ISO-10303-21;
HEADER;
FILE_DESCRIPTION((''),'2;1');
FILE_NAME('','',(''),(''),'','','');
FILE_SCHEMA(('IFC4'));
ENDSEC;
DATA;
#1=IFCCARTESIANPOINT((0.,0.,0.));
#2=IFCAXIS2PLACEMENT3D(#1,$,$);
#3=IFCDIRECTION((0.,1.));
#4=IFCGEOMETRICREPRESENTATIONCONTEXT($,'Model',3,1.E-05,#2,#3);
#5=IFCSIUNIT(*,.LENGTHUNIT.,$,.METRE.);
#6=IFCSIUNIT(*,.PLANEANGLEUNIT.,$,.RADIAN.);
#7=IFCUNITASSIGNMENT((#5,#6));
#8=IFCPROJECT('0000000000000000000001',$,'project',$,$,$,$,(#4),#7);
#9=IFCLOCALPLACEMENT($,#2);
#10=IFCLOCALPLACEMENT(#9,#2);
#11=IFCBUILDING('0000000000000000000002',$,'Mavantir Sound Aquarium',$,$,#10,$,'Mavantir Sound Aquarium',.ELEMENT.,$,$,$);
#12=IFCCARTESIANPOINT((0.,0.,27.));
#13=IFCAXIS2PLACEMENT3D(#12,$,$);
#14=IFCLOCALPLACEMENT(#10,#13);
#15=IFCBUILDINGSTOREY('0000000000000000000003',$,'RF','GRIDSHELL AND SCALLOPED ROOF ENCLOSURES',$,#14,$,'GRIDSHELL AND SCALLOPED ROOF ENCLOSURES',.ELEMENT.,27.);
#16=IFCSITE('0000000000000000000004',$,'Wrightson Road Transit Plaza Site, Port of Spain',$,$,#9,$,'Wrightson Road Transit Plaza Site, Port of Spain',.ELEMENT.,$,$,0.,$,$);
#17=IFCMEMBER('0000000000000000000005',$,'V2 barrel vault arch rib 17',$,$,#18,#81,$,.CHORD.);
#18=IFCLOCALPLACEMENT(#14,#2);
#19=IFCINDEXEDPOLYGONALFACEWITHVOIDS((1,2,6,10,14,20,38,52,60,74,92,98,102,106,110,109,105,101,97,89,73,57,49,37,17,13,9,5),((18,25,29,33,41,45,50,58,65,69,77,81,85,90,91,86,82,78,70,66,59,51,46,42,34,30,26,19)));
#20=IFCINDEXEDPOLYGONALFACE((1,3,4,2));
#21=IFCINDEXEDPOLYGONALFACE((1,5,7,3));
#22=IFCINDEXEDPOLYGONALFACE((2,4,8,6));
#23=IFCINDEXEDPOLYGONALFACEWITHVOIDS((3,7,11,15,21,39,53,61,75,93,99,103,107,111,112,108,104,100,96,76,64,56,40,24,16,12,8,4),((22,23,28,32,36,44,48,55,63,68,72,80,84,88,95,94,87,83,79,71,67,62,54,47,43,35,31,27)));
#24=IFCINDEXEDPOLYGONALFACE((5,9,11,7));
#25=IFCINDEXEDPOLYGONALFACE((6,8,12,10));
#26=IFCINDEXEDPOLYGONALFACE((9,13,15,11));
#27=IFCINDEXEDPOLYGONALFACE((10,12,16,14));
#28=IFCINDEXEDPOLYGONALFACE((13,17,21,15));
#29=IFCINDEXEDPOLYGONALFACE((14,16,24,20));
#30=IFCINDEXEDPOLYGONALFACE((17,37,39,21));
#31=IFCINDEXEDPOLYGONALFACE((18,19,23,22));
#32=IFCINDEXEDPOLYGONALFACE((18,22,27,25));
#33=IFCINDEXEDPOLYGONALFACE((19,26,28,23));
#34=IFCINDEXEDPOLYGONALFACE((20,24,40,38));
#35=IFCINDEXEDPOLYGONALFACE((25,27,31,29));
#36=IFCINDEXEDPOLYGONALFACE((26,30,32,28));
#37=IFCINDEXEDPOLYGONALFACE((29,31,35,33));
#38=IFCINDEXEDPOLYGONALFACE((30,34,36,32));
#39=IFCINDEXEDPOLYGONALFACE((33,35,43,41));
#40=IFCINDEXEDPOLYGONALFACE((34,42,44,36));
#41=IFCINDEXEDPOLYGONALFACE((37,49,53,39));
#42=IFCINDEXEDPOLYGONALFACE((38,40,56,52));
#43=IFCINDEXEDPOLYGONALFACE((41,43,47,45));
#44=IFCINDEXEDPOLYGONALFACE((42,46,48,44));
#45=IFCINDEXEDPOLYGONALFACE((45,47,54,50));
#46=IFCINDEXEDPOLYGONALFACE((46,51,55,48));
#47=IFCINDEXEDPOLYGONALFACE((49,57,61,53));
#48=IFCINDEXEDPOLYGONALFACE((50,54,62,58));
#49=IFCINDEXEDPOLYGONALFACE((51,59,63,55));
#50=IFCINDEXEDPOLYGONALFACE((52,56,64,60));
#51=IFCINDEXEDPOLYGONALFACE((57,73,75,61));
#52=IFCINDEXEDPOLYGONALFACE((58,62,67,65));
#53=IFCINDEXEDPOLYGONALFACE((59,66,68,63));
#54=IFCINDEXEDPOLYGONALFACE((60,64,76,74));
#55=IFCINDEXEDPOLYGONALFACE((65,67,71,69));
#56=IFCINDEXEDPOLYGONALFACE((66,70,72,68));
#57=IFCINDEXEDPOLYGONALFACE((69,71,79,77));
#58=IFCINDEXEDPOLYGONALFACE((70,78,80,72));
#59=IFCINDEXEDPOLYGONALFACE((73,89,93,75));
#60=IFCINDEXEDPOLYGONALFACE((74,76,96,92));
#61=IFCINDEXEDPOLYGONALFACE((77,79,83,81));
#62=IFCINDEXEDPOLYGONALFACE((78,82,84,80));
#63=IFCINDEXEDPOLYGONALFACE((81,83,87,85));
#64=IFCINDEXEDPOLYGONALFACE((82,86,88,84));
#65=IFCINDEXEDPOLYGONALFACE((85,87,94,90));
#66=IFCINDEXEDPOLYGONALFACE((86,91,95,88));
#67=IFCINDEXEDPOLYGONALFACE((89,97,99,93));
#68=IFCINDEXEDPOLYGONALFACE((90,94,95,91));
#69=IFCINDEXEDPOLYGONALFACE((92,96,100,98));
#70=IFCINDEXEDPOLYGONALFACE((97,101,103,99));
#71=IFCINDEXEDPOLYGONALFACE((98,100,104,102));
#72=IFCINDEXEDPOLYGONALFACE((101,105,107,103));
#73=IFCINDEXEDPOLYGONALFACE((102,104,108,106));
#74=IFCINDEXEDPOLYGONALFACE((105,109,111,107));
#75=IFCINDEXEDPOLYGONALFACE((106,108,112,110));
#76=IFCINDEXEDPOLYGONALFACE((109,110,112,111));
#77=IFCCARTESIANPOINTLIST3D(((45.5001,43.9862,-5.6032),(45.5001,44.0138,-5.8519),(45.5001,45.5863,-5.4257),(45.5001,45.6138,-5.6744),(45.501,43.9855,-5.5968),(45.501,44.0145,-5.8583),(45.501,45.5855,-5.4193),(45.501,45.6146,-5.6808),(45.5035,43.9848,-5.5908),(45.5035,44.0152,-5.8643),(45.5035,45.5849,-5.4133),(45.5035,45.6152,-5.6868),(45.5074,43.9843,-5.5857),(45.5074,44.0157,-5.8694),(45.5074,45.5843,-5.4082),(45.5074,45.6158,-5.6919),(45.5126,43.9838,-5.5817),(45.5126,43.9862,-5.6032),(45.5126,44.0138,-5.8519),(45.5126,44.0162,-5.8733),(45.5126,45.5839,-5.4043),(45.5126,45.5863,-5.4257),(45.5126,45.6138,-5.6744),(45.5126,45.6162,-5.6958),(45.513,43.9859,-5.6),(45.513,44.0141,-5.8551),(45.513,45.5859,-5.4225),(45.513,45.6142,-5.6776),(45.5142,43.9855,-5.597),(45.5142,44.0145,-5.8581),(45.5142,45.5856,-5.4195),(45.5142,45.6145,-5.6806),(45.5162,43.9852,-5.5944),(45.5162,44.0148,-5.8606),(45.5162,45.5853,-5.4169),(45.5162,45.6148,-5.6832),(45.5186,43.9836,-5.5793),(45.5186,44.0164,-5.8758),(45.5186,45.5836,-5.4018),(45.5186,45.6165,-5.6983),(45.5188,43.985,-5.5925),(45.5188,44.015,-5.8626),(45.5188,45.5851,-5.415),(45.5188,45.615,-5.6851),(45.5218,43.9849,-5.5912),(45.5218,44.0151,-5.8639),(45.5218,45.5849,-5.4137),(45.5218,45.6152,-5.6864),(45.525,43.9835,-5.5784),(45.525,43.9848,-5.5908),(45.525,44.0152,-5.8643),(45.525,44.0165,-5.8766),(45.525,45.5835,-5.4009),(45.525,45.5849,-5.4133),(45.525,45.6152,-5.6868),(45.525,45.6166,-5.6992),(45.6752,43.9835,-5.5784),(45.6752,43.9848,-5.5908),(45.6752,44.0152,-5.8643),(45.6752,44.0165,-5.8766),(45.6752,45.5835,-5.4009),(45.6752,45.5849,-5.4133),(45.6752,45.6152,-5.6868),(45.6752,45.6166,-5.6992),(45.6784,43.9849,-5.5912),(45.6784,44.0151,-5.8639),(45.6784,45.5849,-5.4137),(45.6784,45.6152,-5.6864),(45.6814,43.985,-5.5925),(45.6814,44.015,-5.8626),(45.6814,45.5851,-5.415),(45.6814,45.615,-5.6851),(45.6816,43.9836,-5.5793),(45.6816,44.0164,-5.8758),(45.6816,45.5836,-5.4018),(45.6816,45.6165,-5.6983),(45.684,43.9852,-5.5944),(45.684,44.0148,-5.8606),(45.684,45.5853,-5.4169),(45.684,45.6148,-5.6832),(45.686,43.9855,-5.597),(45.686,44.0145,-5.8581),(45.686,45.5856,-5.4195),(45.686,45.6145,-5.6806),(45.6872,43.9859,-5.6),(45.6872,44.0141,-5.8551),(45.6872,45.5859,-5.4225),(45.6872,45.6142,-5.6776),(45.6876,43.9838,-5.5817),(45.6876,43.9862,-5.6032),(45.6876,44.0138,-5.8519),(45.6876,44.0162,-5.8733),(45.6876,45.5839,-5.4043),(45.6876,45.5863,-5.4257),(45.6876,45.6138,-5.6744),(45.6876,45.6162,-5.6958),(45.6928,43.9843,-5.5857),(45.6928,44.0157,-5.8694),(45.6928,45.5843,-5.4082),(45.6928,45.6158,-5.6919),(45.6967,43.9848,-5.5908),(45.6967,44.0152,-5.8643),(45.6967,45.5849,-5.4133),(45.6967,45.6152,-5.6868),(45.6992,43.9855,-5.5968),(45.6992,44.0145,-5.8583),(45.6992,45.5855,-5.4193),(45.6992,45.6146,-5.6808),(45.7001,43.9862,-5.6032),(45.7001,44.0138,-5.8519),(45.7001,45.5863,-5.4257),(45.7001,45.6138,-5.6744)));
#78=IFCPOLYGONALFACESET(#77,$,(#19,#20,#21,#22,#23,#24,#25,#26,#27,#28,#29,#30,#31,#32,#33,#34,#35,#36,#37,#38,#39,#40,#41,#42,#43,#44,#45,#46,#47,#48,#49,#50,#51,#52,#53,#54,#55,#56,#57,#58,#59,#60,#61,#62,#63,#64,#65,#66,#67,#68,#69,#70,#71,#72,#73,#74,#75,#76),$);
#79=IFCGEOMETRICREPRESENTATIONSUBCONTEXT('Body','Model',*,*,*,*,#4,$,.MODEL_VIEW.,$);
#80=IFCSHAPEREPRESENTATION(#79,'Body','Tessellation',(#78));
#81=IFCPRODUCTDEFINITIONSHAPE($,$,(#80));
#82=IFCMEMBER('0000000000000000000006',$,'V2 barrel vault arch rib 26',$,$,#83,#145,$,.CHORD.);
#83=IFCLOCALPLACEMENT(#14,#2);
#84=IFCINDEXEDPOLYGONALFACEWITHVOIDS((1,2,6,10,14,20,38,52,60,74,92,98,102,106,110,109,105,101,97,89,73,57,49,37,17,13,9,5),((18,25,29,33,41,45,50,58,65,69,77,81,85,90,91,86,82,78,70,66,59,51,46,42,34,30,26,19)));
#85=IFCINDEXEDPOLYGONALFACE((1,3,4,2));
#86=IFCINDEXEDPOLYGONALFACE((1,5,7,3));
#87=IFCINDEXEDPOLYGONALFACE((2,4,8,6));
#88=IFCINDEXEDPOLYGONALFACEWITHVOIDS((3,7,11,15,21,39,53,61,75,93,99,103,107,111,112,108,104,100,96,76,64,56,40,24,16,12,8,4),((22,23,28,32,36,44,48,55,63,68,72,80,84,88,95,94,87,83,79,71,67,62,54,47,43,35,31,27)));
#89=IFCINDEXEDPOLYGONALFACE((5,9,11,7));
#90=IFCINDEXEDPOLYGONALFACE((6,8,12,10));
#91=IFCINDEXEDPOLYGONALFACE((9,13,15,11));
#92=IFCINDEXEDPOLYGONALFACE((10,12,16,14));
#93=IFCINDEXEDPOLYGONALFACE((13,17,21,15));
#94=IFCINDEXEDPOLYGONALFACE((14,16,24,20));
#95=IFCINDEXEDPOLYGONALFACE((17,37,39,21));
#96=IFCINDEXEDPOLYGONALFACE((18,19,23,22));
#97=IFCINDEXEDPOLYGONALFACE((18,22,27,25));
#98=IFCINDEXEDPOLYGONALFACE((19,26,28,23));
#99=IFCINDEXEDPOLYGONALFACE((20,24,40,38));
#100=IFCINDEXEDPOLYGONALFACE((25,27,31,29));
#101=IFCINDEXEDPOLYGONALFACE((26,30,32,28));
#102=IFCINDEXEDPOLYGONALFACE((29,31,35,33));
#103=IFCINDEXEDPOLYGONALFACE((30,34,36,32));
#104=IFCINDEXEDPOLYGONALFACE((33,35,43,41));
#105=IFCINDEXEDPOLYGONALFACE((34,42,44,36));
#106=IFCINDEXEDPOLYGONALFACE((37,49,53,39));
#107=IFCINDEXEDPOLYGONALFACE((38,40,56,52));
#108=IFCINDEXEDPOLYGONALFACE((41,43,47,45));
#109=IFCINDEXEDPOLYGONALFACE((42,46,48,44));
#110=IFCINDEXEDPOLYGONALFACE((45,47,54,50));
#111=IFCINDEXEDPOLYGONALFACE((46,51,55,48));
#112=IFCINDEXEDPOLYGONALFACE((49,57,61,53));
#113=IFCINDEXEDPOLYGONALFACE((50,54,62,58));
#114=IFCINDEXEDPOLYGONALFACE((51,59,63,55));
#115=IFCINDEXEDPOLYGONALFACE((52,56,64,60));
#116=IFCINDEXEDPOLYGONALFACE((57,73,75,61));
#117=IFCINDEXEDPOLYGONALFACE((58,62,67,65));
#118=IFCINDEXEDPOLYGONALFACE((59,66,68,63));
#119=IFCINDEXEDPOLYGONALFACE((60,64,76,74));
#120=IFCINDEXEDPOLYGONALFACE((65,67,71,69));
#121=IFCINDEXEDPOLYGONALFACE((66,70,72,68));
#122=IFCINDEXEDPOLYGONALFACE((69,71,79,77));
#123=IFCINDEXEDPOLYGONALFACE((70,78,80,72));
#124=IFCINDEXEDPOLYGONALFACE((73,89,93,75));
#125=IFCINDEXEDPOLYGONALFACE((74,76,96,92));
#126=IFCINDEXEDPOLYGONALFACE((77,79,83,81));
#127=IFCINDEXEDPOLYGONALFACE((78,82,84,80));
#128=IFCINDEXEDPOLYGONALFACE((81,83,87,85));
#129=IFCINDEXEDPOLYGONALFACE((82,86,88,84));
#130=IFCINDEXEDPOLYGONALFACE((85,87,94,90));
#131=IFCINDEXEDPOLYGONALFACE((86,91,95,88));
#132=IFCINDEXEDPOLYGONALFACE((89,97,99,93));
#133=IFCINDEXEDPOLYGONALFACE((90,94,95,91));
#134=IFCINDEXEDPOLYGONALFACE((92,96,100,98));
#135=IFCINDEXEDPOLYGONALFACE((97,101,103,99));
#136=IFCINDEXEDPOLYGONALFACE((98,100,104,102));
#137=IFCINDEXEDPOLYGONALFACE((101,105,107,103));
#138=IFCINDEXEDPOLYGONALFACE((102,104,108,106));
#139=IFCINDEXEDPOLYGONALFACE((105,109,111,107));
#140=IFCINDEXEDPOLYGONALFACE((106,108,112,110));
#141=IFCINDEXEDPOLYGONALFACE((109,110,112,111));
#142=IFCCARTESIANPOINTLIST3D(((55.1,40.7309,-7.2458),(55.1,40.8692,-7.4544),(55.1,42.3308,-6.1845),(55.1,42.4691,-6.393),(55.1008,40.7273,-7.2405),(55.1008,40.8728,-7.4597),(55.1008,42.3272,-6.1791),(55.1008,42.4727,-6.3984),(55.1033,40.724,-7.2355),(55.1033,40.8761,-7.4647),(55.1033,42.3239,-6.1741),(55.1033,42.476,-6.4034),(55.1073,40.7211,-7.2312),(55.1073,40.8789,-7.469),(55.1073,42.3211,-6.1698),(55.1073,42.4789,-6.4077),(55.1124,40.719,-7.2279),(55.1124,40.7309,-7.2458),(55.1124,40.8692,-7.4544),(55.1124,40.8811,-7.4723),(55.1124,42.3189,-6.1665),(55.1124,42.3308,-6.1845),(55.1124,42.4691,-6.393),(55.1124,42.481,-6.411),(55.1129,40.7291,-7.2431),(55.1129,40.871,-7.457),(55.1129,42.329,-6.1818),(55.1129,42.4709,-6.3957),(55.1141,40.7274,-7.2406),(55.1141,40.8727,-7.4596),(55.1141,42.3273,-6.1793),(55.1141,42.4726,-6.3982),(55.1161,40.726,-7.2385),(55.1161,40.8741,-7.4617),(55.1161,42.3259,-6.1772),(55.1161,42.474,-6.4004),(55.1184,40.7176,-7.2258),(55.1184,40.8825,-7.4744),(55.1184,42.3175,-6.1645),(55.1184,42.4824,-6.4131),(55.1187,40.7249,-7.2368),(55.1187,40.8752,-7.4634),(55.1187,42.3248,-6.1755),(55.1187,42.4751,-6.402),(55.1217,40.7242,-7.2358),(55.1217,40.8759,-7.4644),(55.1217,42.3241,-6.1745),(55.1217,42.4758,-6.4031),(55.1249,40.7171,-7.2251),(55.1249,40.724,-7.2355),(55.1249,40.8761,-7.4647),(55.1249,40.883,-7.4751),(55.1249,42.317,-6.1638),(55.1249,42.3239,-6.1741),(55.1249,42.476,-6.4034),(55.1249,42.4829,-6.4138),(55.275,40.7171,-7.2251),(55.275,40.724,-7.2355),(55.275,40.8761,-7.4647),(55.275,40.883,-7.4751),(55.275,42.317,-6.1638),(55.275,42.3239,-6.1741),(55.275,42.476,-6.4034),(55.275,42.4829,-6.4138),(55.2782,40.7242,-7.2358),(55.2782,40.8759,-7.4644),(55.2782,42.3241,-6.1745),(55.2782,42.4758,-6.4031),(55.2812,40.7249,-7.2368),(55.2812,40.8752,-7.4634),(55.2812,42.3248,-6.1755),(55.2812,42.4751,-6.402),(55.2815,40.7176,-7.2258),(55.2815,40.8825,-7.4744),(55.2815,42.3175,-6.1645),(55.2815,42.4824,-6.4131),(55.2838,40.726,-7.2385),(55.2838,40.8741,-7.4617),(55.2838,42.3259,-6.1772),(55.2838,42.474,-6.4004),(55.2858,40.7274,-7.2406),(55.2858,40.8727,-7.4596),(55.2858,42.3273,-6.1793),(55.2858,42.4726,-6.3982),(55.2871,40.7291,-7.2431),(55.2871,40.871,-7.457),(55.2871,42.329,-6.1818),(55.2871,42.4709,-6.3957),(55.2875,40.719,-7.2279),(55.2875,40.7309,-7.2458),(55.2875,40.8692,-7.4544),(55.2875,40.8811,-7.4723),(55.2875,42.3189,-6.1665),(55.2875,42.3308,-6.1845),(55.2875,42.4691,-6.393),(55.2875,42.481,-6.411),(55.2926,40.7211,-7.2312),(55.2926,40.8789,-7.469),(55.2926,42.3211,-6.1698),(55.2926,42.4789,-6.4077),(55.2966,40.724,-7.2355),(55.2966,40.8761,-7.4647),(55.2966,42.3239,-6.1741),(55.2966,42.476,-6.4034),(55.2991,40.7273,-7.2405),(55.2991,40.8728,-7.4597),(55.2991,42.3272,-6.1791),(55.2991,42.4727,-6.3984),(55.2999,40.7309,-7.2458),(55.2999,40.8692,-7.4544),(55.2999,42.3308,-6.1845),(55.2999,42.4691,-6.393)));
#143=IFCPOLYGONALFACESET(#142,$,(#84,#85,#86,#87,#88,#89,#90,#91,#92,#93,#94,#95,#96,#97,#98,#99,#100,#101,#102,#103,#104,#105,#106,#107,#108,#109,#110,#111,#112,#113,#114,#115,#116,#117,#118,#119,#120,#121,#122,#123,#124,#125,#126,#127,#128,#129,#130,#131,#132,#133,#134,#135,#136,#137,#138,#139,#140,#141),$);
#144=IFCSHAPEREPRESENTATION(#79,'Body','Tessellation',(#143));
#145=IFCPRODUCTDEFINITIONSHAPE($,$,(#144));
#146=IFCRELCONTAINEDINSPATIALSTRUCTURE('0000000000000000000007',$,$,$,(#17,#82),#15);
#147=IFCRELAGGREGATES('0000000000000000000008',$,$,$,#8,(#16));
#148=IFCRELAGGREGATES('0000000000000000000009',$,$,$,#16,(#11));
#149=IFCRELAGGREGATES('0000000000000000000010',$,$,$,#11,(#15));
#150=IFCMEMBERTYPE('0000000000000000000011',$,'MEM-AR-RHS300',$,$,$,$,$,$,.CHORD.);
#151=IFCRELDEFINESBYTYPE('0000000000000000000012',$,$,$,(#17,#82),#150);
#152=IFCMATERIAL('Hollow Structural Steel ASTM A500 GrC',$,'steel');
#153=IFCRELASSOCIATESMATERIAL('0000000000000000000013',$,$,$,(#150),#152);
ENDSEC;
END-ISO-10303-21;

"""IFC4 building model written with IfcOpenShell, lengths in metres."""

from ifc_helpers import new_model, si_unit, direction, frame, origin, origin_2d, place, context, subcontext, project, spatial, hollow_rectangle, extrude, material, material_profile, profile_set, type_object, element, save


model = new_model("IFC4")

# Units and contexts
model_context = context("Model", 3, precision=1e-05, world=origin(), true_north=direction((0.0, 1.0)))
body_context = subcontext(model_context, "Body", "Model", "MODEL_VIEW")
ifc_project = project(units=[si_unit("LENGTHUNIT", "METRE"), si_unit("PLANEANGLEUNIT", "RADIAN")], contexts=[model_context])

# Site, building, storey
site_placement = place(None, origin())
site = spatial("IfcSite", under=ifc_project, at=site_placement, Name="Wrightson Road Transit Plaza Site, Port of Spain", LongName="Wrightson Road Transit Plaza Site, Port of Spain", CompositionType="ELEMENT", RefElevation=0.0)
building_placement = place(site_placement, origin())
building = spatial("IfcBuilding", under=site, at=building_placement, Name="Mavantir Sound Aquarium", LongName="Mavantir Sound Aquarium", CompositionType="ELEMENT")
storey_placement = place(building_placement, frame((0.0, 0.0, 27.0)))
storey = spatial("IfcBuildingStorey", under=building, at=storey_placement, Name="RF", Description="GRIDSHELL AND SCALLOPED ROOF ENCLOSURES", LongName="GRIDSHELL AND SCALLOPED ROOF ENCLOSURES", CompositionType="ELEMENT", Elevation=27.0)

# Shared definitions
ifc_material_1 = material(Name="Hollow Structural Steel ASTM A500 GrC", Category="steel")

# Members
ifc_material_profile_1 = material_profile(ifc_material_1, hollow_rectangle(XDim=0.2, YDim=0.3, WallThickness=0.0125, InnerFilletRadius=0.0125, OuterFilletRadius=0.0249, at=origin_2d()), Name="RHS 300X200X12.5")
ifc_profile_set_1 = profile_set([ifc_material_profile_1], Name="Hollow Structural Steel ASTM A500 GrC")
member_type_1 = type_object("IfcMemberType", Name="MEM-AR-RHS300", PredefinedType="CHORD", material=ifc_profile_set_1)
member_1_placement = place(storey_placement, frame((45.6001, 44.0, -5.7275), z_axis=(0.0, 0.993904, 0.110248), x_axis=(-1.0, 0.0, 0.0)))
element("IfcMember", 1, at=member_1_placement, inside=storey, type_object=member_type_1, Name="V2 barrel vault arch rib 17", PredefinedType="CHORD", context=body_context, shape_type="SweptSolid", body=[
    extrude(hollow_rectangle(XDim=0.2, YDim=0.3, WallThickness=0.0125, InnerFilletRadius=0.0125, OuterFilletRadius=0.0249, at=origin_2d()), origin(), (0.0, 0.0, 1.0), 1.6099),
])
member_2_placement = place(storey_placement, frame((55.2, 40.8, -7.3501), z_axis=(0.0, 0.83332, 0.552791), x_axis=(-1.0, 0.0, 0.0)))
element("IfcMember", 2, at=member_2_placement, inside=storey, type_object=member_type_1, Name="V2 barrel vault arch rib 26", PredefinedType="CHORD", context=body_context, shape_type="SweptSolid", body=[
    extrude(hollow_rectangle(XDim=0.2, YDim=0.3, WallThickness=0.0125, InnerFilletRadius=0.0125, OuterFilletRadius=0.0249, at=origin_2d()), origin(), (0.0, 0.0, 1.0), 1.9199),
])

save(model, "model.ifc")
